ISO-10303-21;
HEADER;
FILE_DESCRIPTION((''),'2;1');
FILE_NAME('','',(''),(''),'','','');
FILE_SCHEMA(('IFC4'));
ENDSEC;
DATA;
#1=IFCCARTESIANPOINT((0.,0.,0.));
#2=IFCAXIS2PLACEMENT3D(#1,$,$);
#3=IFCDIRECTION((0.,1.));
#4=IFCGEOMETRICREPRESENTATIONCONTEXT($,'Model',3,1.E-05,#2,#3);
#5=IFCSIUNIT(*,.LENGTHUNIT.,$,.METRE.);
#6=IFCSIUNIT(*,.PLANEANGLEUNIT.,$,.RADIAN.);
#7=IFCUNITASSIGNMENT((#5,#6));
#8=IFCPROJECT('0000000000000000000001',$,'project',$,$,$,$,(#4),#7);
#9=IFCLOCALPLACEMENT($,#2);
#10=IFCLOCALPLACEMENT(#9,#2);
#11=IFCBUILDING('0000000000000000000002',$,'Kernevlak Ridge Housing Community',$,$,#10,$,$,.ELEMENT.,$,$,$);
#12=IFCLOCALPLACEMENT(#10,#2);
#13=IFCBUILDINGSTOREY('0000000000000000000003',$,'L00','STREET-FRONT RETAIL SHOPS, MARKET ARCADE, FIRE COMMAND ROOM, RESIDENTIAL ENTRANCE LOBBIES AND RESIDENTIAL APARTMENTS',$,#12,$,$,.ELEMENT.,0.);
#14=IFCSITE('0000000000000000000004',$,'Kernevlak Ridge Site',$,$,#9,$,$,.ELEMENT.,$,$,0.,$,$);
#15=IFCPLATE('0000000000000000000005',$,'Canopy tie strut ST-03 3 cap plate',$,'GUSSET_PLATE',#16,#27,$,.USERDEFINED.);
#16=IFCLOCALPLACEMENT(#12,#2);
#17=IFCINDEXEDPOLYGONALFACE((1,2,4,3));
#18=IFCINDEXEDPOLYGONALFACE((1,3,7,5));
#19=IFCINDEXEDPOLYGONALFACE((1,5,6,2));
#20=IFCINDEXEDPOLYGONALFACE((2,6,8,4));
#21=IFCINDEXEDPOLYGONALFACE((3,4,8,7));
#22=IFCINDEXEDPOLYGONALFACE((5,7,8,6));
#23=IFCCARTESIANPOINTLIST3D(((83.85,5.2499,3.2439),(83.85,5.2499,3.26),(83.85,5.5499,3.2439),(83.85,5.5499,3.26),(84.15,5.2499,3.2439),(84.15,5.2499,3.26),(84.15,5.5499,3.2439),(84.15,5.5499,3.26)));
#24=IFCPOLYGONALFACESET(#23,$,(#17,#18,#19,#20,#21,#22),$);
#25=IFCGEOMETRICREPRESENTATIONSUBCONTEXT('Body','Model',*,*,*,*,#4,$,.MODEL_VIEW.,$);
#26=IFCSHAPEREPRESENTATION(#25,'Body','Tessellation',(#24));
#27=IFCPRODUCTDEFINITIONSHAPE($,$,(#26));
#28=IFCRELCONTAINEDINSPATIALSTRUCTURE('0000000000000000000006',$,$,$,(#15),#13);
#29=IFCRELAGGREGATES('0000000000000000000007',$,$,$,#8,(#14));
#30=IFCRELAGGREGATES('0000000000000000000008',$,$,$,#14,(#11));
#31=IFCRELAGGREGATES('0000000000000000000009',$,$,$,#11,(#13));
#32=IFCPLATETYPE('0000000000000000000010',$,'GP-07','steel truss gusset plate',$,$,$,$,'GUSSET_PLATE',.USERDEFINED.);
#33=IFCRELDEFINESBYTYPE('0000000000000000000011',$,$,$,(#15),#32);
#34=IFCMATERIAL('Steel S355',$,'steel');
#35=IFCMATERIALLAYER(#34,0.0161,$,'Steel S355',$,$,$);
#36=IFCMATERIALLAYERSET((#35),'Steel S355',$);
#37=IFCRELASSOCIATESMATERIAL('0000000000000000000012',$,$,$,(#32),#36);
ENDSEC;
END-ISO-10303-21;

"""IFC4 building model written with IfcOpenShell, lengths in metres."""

from ifc_helpers import new_model, si_unit, direction, frame, origin, origin_2d, place, context, subcontext, project, spatial, rectangle, extrude, material, layer, layer_set, type_object, element, save


model = new_model("IFC4")

# Units and contexts
model_context = context("Model", 3, precision=1e-05, world=origin(), true_north=direction((0.0, 1.0)))
body_context = subcontext(model_context, "Body", "Model", "MODEL_VIEW")
ifc_project = project(units=[si_unit("LENGTHUNIT", "METRE"), si_unit("PLANEANGLEUNIT", "RADIAN")], contexts=[model_context])

# Site, building, storey
site_placement = place(None, origin())
site = spatial("IfcSite", under=ifc_project, at=site_placement, Name="Kernevlak Ridge Site", CompositionType="ELEMENT", RefElevation=0.0)
building_placement = place(site_placement, origin())
building = spatial("IfcBuilding", under=site, at=building_placement, Name="Kernevlak Ridge Housing Community", CompositionType="ELEMENT")
storey_placement = place(building_placement, origin())
storey = spatial("IfcBuildingStorey", under=building, at=storey_placement, Name="L00", Description="STREET-FRONT RETAIL SHOPS, MARKET ARCADE, FIRE COMMAND ROOM, RESIDENTIAL ENTRANCE LOBBIES AND RESIDENTIAL APARTMENTS", CompositionType="ELEMENT", Elevation=0.0)

# Shared definitions
ifc_material_1 = material(Name="Steel S355", Category="steel")

# Plate
ifc_layer_1 = layer(ifc_material_1, 0.0161, Name="Steel S355")
ifc_layer_set_1 = layer_set([ifc_layer_1], Name="Steel S355")
plate_type_1 = type_object("IfcPlateType", Name="GP-07", Description="steel truss gusset plate", ElementType="GUSSET_PLATE", PredefinedType="USERDEFINED", material=ifc_layer_set_1)
plate_1_placement = place(storey_placement, frame((84.0, 5.3999, 3.2439), z_axis=(0.0, 0.0, 1.0), x_axis=(1.0, 0.0, 0.0)))
element("IfcPlate", 1, at=plate_1_placement, inside=storey, type_object=plate_type_1, Name="Canopy tie strut ST-03 3 cap plate", ObjectType="GUSSET_PLATE", PredefinedType="USERDEFINED", context=body_context, shape_type="SweptSolid", body=[
    extrude(rectangle(XDim=0.3, YDim=0.3, at=origin_2d()), origin(), (0.0, 0.0, 1.0), 0.0161),
])

save(model, "model.ifc")
